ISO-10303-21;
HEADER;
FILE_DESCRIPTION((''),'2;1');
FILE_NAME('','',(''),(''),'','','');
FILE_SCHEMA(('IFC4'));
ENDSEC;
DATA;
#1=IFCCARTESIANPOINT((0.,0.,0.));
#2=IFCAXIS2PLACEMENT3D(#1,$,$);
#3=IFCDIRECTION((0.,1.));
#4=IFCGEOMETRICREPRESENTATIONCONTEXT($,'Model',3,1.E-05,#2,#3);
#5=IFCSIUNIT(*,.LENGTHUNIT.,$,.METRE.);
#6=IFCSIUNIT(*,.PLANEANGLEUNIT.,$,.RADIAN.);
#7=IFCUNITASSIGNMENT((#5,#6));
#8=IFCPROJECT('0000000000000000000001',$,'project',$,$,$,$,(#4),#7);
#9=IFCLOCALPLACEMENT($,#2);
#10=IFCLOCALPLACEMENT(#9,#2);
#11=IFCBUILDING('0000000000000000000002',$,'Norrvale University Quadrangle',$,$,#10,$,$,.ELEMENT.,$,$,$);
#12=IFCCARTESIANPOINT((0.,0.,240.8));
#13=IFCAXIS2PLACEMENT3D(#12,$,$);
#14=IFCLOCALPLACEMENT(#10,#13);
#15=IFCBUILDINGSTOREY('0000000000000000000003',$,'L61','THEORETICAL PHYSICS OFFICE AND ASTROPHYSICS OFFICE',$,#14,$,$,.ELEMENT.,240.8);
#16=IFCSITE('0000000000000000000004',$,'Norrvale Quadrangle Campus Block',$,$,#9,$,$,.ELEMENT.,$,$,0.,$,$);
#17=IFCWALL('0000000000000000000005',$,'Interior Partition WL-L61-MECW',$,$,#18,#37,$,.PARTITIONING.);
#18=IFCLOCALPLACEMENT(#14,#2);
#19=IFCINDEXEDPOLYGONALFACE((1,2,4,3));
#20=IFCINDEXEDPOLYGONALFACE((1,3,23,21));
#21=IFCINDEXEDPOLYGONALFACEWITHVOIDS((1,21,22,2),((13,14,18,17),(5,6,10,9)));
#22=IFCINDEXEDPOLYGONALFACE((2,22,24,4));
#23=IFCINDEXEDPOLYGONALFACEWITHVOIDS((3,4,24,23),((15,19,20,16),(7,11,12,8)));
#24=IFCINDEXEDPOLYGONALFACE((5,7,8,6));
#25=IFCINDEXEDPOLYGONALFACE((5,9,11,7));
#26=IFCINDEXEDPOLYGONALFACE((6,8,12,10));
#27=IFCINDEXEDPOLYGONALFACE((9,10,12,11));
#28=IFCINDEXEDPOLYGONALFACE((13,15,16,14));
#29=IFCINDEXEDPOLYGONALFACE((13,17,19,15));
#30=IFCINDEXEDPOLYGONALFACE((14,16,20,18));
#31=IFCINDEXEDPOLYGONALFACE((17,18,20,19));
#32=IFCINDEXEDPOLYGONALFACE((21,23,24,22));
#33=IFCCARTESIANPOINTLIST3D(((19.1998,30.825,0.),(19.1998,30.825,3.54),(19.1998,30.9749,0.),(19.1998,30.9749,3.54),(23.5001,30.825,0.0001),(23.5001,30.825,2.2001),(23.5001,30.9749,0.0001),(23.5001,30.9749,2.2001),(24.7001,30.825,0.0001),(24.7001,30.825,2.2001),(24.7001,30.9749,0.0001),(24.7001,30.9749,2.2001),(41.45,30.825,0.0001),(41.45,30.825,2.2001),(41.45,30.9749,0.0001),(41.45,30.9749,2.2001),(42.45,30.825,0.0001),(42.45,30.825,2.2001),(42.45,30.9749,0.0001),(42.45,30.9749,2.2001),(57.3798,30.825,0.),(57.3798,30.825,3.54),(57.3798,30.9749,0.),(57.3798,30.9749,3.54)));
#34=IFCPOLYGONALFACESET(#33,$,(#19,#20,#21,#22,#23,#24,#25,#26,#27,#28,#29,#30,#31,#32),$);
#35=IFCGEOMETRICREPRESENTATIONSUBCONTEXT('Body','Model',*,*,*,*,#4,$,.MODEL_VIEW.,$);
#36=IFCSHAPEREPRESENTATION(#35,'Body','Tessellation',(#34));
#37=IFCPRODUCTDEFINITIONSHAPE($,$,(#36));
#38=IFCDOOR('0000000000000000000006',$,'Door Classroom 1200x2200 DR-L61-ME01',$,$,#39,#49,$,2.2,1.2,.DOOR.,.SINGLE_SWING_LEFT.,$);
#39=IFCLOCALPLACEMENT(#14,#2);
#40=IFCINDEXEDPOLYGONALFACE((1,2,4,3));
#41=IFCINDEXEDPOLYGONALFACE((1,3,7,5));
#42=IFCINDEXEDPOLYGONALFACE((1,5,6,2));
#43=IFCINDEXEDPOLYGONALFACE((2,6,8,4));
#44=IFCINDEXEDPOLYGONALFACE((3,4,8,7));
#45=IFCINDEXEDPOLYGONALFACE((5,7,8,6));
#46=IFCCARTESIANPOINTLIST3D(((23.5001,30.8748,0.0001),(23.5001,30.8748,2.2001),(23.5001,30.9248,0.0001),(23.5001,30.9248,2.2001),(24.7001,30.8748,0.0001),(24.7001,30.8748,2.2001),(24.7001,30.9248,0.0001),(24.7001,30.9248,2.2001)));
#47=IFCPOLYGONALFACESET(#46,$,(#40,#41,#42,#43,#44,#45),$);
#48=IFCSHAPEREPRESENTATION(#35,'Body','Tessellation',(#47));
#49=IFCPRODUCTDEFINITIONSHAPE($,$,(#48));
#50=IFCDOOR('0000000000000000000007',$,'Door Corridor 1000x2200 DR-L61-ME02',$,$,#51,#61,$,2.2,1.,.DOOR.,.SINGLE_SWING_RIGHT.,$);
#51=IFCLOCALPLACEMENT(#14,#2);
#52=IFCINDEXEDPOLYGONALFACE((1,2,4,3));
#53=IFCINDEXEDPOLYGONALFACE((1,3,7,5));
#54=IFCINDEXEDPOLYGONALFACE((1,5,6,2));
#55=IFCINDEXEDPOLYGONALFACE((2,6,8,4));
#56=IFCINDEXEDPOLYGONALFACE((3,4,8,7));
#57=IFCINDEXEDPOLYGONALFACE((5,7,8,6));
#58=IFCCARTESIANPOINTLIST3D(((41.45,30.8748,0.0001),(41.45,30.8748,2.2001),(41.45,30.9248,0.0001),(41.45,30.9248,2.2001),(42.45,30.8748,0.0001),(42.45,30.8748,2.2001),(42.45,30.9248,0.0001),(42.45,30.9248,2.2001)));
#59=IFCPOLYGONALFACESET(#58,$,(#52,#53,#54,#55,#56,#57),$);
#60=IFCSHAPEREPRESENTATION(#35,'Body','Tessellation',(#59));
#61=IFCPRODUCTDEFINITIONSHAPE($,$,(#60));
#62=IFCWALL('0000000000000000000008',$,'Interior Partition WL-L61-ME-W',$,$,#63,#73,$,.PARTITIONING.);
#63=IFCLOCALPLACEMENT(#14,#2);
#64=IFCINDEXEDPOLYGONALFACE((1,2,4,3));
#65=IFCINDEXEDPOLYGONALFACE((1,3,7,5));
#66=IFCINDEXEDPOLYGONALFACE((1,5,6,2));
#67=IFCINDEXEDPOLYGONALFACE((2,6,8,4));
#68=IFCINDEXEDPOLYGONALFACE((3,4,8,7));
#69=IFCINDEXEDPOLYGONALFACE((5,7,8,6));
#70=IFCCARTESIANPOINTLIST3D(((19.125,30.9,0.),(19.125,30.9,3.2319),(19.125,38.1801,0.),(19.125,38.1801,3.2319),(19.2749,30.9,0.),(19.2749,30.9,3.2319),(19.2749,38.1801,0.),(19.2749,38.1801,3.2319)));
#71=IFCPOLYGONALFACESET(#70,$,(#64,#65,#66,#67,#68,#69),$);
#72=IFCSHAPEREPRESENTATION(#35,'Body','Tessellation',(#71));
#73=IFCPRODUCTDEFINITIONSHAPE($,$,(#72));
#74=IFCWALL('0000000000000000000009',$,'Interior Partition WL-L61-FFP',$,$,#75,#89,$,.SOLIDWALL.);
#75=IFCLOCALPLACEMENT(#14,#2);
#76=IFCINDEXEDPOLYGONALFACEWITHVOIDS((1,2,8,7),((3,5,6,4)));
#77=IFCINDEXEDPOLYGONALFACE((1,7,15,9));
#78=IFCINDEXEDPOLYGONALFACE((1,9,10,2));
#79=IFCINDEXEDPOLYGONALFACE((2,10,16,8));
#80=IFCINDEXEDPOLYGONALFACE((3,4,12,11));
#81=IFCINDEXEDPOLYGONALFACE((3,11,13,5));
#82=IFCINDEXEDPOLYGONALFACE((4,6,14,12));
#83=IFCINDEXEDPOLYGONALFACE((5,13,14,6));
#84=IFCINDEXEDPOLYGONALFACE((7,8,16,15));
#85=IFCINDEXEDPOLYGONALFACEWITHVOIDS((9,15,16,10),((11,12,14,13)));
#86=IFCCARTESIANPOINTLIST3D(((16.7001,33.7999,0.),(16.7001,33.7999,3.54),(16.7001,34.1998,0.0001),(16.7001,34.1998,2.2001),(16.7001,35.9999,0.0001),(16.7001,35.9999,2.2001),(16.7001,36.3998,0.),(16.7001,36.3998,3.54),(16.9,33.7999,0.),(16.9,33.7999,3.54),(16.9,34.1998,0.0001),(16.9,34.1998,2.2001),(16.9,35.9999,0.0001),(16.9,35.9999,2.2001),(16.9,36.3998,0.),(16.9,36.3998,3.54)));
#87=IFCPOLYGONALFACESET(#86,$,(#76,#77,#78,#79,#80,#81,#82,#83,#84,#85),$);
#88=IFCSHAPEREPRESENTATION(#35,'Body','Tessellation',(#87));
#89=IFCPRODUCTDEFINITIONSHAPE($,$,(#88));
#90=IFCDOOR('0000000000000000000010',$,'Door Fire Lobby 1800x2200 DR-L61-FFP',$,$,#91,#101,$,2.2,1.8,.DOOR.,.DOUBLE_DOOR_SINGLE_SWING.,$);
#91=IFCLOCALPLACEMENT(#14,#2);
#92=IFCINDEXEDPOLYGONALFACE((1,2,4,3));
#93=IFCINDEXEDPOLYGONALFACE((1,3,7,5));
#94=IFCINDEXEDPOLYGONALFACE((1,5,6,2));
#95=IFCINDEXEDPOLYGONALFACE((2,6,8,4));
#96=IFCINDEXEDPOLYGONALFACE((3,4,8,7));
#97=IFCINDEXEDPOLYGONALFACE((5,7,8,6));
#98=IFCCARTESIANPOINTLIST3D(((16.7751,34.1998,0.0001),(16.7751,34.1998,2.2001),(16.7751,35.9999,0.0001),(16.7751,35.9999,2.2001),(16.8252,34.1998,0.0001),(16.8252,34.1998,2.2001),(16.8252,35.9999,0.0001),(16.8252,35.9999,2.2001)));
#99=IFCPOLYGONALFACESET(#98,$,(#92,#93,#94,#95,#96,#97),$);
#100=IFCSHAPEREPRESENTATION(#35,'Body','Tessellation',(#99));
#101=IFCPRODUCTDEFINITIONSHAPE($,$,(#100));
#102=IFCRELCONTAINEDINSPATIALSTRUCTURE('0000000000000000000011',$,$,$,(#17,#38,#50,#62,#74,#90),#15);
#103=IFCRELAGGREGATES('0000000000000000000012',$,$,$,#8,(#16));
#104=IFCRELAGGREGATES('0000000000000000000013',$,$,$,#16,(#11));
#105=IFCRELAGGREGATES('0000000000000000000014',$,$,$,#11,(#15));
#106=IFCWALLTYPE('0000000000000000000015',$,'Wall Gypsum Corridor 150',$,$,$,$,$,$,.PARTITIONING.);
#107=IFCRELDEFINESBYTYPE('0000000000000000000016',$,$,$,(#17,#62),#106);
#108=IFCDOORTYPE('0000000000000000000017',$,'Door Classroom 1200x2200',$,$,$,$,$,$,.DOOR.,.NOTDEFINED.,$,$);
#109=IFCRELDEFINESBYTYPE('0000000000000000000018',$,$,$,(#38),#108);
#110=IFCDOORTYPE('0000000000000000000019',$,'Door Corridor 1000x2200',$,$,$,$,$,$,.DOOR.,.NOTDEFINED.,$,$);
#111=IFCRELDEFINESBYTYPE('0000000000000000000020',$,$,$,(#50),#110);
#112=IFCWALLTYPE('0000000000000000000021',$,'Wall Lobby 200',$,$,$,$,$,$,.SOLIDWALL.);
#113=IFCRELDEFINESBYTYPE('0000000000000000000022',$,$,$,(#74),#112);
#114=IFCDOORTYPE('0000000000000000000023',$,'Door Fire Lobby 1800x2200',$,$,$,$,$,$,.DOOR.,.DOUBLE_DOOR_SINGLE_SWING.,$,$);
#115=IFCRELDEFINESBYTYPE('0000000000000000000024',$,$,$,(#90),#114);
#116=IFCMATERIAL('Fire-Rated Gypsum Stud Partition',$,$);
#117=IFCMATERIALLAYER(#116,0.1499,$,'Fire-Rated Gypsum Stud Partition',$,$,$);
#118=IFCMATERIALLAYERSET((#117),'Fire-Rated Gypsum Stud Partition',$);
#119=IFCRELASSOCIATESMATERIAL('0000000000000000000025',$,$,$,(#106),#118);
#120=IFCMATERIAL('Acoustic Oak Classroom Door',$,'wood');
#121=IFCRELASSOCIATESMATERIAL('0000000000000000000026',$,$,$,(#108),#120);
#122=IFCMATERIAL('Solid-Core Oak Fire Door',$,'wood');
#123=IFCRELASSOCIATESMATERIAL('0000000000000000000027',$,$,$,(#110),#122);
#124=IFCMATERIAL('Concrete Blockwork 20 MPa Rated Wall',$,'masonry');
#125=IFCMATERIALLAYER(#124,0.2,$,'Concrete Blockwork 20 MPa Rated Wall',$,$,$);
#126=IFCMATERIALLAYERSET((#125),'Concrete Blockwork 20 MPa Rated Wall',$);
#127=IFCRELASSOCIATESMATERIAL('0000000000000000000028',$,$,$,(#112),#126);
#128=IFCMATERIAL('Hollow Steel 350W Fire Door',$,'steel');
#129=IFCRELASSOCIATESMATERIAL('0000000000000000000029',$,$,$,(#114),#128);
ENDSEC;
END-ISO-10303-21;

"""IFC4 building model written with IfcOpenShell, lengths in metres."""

from ifc_helpers import new_model, si_unit, direction, frame, frame_2d, origin, place, context, subcontext, project, spatial, rectangle, extrude, material, layer, layer_set, type_object, element, fill, save


model = new_model("IFC4")

# Units and contexts
model_context = context("Model", 3, precision=1e-05, world=origin(), true_north=direction((0.0, 1.0)))
body_context = subcontext(model_context, "Body", "Model", "MODEL_VIEW")
ifc_project = project(units=[si_unit("LENGTHUNIT", "METRE"), si_unit("PLANEANGLEUNIT", "RADIAN")], contexts=[model_context])

# Site, building, storey
site_placement = place(None, origin())
site = spatial("IfcSite", under=ifc_project, at=site_placement, Name="Norrvale Quadrangle Campus Block", CompositionType="ELEMENT", RefElevation=0.0)
building_placement = place(site_placement, origin())
building = spatial("IfcBuilding", under=site, at=building_placement, Name="Norrvale University Quadrangle", CompositionType="ELEMENT")
storey_placement = place(building_placement, frame((0.0, 0.0, 240.8)))
storey = spatial("IfcBuildingStorey", under=building, at=storey_placement, Name="L61", Description="THEORETICAL PHYSICS OFFICE AND ASTROPHYSICS OFFICE", CompositionType="ELEMENT", Elevation=240.8)

# Shared definitions
ifc_material_1 = material(Name="Fire-Rated Gypsum Stud Partition")
ifc_layer_1 = layer(ifc_material_1, 0.1499, Name="Fire-Rated Gypsum Stud Partition")
ifc_layer_set_1 = layer_set([ifc_layer_1], Name="Fire-Rated Gypsum Stud Partition")
wall_type_1 = type_object("IfcWallType", Name="Wall Gypsum Corridor 150", PredefinedType="PARTITIONING", material=ifc_layer_set_1)

# Wall, openings, doors
wall_1_placement = place(storey_placement, frame((19.2, 30.8999, 0.0), z_axis=(0.0, 0.0, 1.0), x_axis=(1.0, 0.0, 0.0)))
wall_1 = element("IfcWall", 1, at=wall_1_placement, inside=storey, type_object=wall_type_1, Name="Interior Partition WL-L61-MECW", PredefinedType="PARTITIONING", context=body_context, shape_type="SweptSolid", body=[
    extrude(rectangle(XDim=38.1799, YDim=0.1499, at=frame_2d((19.0898, 0.0))), origin(), (0.0, 0.0, 1.0), 3.54),
])
opening_1_placement = place(wall_1_placement, frame((4.3, 0.0, 0.0)))
opening_1 = element("IfcOpeningElement", 2, at=opening_1_placement, cuts=wall_1, PredefinedType="OPENING", context=body_context, shape_type="SweptSolid", body=[
    extrude(rectangle(XDim=1.2, YDim=2.2, at=frame_2d((0.6001, 1.1001))), frame((0.0, 0.0869, 0.0), z_axis=(0.0, -1.0, 0.0), x_axis=(1.0, 0.0, 0.0)), (0.0, 0.0, 1.0), 0.1738),
])
opening_2_placement = place(wall_1_placement, frame((22.25, 0.0, 0.0)))
opening_2 = element("IfcOpeningElement", 3, at=opening_2_placement, cuts=wall_1, PredefinedType="OPENING", context=body_context, shape_type="SweptSolid", body=[
    extrude(rectangle(XDim=1.0, YDim=2.2, at=frame_2d((0.5, 1.1001))), frame((0.0, 0.0869, 0.0), z_axis=(0.0, -1.0, 0.0), x_axis=(1.0, 0.0, 0.0)), (0.0, 0.0, 1.0), 0.1738),
])
ifc_material_2 = material(Name="Acoustic Oak Classroom Door", Category="wood")
door_type_1 = type_object("IfcDoorType", Name="Door Classroom 1200x2200", OperationType="NOTDEFINED", PredefinedType="DOOR", material=ifc_material_2)
door_1_placement = place(opening_1_placement, origin())
door_1 = element("IfcDoor", 4, at=door_1_placement, inside=storey, type_object=door_type_1, Name="Door Classroom 1200x2200 DR-L61-ME01", OperationType="SINGLE_SWING_LEFT", OverallHeight=2.2, OverallWidth=1.2, PredefinedType="DOOR", context=body_context, shape_type="SweptSolid", body=[
    extrude(rectangle(XDim=1.2, YDim=2.2, at=frame_2d((0.6001, 1.1001))), frame((0.0, 0.0249, 0.0), z_axis=(0.0, -1.0, 0.0), x_axis=(1.0, 0.0, 0.0)), (0.0, 0.0, 1.0), 0.05),
])
fill(opening_1, door_1)
ifc_material_3 = material(Name="Solid-Core Oak Fire Door", Category="wood")
door_type_2 = type_object("IfcDoorType", Name="Door Corridor 1000x2200", OperationType="NOTDEFINED", PredefinedType="DOOR", material=ifc_material_3)
door_2_placement = place(opening_2_placement, origin())
door_2 = element("IfcDoor", 5, at=door_2_placement, inside=storey, type_object=door_type_2, Name="Door Corridor 1000x2200 DR-L61-ME02", OperationType="SINGLE_SWING_RIGHT", OverallHeight=2.2, OverallWidth=1.0, PredefinedType="DOOR", context=body_context, shape_type="SweptSolid", body=[
    extrude(rectangle(XDim=1.0, YDim=2.2, at=frame_2d((0.5, 1.1001))), frame((0.0, 0.0249, 0.0), z_axis=(0.0, -1.0, 0.0), x_axis=(1.0, 0.0, 0.0)), (0.0, 0.0, 1.0), 0.05),
])
fill(opening_2, door_2)

# Wall
wall_2_placement = place(storey_placement, frame((19.2, 30.8999, 0.0), z_axis=(0.0, 0.0, 1.0), x_axis=(0.0, 1.0, 0.0)))
element("IfcWall", 6, at=wall_2_placement, inside=storey, type_object=wall_type_1, Name="Interior Partition WL-L61-ME-W", PredefinedType="PARTITIONING", context=body_context, shape_type="SweptSolid", body=[
    extrude(rectangle(XDim=7.28, YDim=0.1499, at=frame_2d((3.6401, 0.0))), origin(), (0.0, 0.0, 1.0), 3.2319),
])

# Wall, opening, door
ifc_material_4 = material(Name="Concrete Blockwork 20 MPa Rated Wall", Category="masonry")
ifc_layer_2 = layer(ifc_material_4, 0.2, Name="Concrete Blockwork 20 MPa Rated Wall")
ifc_layer_set_2 = layer_set([ifc_layer_2], Name="Concrete Blockwork 20 MPa Rated Wall")
wall_type_2 = type_object("IfcWallType", Name="Wall Lobby 200", PredefinedType="SOLIDWALL", material=ifc_layer_set_2)
wall_3_placement = place(storey_placement, frame((16.8, 33.8, 0.0), z_axis=(0.0, 0.0, 1.0), x_axis=(0.0, 1.0, 0.0)))
wall_3 = element("IfcWall", 7, at=wall_3_placement, inside=storey, type_object=wall_type_2, Name="Interior Partition WL-L61-FFP", PredefinedType="SOLIDWALL", context=body_context, shape_type="SweptSolid", body=[
    extrude(rectangle(XDim=2.5999, YDim=0.2, at=frame_2d((1.2998, 0.0))), origin(), (0.0, 0.0, 1.0), 3.54),
])
opening_3_placement = place(wall_3_placement, frame((0.3999, 0.0, 0.0)))
opening_3 = element("IfcOpeningElement", 8, at=opening_3_placement, cuts=wall_3, PredefinedType="OPENING", context=body_context, shape_type="SweptSolid", body=[
    extrude(rectangle(XDim=1.8, YDim=2.2, at=frame_2d((0.8999, 1.1001))), frame((0.0, 0.1121, 0.0), z_axis=(0.0, -1.0, 0.0), x_axis=(1.0, 0.0, 0.0)), (0.0, 0.0, 1.0), 0.2239),
])
ifc_material_5 = material(Name="Hollow Steel 350W Fire Door", Category="steel")
door_type_3 = type_object("IfcDoorType", Name="Door Fire Lobby 1800x2200", OperationType="DOUBLE_DOOR_SINGLE_SWING", PredefinedType="DOOR", material=ifc_material_5)
door_3_placement = place(opening_3_placement, origin())
door_3 = element("IfcDoor", 9, at=door_3_placement, inside=storey, type_object=door_type_3, Name="Door Fire Lobby 1800x2200 DR-L61-FFP", OperationType="DOUBLE_DOOR_SINGLE_SWING", OverallHeight=2.2, OverallWidth=1.8, PredefinedType="DOOR", context=body_context, shape_type="SweptSolid", body=[
    extrude(rectangle(XDim=1.8, YDim=2.2, at=frame_2d((0.8999, 1.1001))), frame((0.0, 0.0249, 0.0), z_axis=(0.0, -1.0, 0.0), x_axis=(1.0, 0.0, 0.0)), (0.0, 0.0, 1.0), 0.05),
])
fill(opening_3, door_3)

save(model, "model.ifc")
